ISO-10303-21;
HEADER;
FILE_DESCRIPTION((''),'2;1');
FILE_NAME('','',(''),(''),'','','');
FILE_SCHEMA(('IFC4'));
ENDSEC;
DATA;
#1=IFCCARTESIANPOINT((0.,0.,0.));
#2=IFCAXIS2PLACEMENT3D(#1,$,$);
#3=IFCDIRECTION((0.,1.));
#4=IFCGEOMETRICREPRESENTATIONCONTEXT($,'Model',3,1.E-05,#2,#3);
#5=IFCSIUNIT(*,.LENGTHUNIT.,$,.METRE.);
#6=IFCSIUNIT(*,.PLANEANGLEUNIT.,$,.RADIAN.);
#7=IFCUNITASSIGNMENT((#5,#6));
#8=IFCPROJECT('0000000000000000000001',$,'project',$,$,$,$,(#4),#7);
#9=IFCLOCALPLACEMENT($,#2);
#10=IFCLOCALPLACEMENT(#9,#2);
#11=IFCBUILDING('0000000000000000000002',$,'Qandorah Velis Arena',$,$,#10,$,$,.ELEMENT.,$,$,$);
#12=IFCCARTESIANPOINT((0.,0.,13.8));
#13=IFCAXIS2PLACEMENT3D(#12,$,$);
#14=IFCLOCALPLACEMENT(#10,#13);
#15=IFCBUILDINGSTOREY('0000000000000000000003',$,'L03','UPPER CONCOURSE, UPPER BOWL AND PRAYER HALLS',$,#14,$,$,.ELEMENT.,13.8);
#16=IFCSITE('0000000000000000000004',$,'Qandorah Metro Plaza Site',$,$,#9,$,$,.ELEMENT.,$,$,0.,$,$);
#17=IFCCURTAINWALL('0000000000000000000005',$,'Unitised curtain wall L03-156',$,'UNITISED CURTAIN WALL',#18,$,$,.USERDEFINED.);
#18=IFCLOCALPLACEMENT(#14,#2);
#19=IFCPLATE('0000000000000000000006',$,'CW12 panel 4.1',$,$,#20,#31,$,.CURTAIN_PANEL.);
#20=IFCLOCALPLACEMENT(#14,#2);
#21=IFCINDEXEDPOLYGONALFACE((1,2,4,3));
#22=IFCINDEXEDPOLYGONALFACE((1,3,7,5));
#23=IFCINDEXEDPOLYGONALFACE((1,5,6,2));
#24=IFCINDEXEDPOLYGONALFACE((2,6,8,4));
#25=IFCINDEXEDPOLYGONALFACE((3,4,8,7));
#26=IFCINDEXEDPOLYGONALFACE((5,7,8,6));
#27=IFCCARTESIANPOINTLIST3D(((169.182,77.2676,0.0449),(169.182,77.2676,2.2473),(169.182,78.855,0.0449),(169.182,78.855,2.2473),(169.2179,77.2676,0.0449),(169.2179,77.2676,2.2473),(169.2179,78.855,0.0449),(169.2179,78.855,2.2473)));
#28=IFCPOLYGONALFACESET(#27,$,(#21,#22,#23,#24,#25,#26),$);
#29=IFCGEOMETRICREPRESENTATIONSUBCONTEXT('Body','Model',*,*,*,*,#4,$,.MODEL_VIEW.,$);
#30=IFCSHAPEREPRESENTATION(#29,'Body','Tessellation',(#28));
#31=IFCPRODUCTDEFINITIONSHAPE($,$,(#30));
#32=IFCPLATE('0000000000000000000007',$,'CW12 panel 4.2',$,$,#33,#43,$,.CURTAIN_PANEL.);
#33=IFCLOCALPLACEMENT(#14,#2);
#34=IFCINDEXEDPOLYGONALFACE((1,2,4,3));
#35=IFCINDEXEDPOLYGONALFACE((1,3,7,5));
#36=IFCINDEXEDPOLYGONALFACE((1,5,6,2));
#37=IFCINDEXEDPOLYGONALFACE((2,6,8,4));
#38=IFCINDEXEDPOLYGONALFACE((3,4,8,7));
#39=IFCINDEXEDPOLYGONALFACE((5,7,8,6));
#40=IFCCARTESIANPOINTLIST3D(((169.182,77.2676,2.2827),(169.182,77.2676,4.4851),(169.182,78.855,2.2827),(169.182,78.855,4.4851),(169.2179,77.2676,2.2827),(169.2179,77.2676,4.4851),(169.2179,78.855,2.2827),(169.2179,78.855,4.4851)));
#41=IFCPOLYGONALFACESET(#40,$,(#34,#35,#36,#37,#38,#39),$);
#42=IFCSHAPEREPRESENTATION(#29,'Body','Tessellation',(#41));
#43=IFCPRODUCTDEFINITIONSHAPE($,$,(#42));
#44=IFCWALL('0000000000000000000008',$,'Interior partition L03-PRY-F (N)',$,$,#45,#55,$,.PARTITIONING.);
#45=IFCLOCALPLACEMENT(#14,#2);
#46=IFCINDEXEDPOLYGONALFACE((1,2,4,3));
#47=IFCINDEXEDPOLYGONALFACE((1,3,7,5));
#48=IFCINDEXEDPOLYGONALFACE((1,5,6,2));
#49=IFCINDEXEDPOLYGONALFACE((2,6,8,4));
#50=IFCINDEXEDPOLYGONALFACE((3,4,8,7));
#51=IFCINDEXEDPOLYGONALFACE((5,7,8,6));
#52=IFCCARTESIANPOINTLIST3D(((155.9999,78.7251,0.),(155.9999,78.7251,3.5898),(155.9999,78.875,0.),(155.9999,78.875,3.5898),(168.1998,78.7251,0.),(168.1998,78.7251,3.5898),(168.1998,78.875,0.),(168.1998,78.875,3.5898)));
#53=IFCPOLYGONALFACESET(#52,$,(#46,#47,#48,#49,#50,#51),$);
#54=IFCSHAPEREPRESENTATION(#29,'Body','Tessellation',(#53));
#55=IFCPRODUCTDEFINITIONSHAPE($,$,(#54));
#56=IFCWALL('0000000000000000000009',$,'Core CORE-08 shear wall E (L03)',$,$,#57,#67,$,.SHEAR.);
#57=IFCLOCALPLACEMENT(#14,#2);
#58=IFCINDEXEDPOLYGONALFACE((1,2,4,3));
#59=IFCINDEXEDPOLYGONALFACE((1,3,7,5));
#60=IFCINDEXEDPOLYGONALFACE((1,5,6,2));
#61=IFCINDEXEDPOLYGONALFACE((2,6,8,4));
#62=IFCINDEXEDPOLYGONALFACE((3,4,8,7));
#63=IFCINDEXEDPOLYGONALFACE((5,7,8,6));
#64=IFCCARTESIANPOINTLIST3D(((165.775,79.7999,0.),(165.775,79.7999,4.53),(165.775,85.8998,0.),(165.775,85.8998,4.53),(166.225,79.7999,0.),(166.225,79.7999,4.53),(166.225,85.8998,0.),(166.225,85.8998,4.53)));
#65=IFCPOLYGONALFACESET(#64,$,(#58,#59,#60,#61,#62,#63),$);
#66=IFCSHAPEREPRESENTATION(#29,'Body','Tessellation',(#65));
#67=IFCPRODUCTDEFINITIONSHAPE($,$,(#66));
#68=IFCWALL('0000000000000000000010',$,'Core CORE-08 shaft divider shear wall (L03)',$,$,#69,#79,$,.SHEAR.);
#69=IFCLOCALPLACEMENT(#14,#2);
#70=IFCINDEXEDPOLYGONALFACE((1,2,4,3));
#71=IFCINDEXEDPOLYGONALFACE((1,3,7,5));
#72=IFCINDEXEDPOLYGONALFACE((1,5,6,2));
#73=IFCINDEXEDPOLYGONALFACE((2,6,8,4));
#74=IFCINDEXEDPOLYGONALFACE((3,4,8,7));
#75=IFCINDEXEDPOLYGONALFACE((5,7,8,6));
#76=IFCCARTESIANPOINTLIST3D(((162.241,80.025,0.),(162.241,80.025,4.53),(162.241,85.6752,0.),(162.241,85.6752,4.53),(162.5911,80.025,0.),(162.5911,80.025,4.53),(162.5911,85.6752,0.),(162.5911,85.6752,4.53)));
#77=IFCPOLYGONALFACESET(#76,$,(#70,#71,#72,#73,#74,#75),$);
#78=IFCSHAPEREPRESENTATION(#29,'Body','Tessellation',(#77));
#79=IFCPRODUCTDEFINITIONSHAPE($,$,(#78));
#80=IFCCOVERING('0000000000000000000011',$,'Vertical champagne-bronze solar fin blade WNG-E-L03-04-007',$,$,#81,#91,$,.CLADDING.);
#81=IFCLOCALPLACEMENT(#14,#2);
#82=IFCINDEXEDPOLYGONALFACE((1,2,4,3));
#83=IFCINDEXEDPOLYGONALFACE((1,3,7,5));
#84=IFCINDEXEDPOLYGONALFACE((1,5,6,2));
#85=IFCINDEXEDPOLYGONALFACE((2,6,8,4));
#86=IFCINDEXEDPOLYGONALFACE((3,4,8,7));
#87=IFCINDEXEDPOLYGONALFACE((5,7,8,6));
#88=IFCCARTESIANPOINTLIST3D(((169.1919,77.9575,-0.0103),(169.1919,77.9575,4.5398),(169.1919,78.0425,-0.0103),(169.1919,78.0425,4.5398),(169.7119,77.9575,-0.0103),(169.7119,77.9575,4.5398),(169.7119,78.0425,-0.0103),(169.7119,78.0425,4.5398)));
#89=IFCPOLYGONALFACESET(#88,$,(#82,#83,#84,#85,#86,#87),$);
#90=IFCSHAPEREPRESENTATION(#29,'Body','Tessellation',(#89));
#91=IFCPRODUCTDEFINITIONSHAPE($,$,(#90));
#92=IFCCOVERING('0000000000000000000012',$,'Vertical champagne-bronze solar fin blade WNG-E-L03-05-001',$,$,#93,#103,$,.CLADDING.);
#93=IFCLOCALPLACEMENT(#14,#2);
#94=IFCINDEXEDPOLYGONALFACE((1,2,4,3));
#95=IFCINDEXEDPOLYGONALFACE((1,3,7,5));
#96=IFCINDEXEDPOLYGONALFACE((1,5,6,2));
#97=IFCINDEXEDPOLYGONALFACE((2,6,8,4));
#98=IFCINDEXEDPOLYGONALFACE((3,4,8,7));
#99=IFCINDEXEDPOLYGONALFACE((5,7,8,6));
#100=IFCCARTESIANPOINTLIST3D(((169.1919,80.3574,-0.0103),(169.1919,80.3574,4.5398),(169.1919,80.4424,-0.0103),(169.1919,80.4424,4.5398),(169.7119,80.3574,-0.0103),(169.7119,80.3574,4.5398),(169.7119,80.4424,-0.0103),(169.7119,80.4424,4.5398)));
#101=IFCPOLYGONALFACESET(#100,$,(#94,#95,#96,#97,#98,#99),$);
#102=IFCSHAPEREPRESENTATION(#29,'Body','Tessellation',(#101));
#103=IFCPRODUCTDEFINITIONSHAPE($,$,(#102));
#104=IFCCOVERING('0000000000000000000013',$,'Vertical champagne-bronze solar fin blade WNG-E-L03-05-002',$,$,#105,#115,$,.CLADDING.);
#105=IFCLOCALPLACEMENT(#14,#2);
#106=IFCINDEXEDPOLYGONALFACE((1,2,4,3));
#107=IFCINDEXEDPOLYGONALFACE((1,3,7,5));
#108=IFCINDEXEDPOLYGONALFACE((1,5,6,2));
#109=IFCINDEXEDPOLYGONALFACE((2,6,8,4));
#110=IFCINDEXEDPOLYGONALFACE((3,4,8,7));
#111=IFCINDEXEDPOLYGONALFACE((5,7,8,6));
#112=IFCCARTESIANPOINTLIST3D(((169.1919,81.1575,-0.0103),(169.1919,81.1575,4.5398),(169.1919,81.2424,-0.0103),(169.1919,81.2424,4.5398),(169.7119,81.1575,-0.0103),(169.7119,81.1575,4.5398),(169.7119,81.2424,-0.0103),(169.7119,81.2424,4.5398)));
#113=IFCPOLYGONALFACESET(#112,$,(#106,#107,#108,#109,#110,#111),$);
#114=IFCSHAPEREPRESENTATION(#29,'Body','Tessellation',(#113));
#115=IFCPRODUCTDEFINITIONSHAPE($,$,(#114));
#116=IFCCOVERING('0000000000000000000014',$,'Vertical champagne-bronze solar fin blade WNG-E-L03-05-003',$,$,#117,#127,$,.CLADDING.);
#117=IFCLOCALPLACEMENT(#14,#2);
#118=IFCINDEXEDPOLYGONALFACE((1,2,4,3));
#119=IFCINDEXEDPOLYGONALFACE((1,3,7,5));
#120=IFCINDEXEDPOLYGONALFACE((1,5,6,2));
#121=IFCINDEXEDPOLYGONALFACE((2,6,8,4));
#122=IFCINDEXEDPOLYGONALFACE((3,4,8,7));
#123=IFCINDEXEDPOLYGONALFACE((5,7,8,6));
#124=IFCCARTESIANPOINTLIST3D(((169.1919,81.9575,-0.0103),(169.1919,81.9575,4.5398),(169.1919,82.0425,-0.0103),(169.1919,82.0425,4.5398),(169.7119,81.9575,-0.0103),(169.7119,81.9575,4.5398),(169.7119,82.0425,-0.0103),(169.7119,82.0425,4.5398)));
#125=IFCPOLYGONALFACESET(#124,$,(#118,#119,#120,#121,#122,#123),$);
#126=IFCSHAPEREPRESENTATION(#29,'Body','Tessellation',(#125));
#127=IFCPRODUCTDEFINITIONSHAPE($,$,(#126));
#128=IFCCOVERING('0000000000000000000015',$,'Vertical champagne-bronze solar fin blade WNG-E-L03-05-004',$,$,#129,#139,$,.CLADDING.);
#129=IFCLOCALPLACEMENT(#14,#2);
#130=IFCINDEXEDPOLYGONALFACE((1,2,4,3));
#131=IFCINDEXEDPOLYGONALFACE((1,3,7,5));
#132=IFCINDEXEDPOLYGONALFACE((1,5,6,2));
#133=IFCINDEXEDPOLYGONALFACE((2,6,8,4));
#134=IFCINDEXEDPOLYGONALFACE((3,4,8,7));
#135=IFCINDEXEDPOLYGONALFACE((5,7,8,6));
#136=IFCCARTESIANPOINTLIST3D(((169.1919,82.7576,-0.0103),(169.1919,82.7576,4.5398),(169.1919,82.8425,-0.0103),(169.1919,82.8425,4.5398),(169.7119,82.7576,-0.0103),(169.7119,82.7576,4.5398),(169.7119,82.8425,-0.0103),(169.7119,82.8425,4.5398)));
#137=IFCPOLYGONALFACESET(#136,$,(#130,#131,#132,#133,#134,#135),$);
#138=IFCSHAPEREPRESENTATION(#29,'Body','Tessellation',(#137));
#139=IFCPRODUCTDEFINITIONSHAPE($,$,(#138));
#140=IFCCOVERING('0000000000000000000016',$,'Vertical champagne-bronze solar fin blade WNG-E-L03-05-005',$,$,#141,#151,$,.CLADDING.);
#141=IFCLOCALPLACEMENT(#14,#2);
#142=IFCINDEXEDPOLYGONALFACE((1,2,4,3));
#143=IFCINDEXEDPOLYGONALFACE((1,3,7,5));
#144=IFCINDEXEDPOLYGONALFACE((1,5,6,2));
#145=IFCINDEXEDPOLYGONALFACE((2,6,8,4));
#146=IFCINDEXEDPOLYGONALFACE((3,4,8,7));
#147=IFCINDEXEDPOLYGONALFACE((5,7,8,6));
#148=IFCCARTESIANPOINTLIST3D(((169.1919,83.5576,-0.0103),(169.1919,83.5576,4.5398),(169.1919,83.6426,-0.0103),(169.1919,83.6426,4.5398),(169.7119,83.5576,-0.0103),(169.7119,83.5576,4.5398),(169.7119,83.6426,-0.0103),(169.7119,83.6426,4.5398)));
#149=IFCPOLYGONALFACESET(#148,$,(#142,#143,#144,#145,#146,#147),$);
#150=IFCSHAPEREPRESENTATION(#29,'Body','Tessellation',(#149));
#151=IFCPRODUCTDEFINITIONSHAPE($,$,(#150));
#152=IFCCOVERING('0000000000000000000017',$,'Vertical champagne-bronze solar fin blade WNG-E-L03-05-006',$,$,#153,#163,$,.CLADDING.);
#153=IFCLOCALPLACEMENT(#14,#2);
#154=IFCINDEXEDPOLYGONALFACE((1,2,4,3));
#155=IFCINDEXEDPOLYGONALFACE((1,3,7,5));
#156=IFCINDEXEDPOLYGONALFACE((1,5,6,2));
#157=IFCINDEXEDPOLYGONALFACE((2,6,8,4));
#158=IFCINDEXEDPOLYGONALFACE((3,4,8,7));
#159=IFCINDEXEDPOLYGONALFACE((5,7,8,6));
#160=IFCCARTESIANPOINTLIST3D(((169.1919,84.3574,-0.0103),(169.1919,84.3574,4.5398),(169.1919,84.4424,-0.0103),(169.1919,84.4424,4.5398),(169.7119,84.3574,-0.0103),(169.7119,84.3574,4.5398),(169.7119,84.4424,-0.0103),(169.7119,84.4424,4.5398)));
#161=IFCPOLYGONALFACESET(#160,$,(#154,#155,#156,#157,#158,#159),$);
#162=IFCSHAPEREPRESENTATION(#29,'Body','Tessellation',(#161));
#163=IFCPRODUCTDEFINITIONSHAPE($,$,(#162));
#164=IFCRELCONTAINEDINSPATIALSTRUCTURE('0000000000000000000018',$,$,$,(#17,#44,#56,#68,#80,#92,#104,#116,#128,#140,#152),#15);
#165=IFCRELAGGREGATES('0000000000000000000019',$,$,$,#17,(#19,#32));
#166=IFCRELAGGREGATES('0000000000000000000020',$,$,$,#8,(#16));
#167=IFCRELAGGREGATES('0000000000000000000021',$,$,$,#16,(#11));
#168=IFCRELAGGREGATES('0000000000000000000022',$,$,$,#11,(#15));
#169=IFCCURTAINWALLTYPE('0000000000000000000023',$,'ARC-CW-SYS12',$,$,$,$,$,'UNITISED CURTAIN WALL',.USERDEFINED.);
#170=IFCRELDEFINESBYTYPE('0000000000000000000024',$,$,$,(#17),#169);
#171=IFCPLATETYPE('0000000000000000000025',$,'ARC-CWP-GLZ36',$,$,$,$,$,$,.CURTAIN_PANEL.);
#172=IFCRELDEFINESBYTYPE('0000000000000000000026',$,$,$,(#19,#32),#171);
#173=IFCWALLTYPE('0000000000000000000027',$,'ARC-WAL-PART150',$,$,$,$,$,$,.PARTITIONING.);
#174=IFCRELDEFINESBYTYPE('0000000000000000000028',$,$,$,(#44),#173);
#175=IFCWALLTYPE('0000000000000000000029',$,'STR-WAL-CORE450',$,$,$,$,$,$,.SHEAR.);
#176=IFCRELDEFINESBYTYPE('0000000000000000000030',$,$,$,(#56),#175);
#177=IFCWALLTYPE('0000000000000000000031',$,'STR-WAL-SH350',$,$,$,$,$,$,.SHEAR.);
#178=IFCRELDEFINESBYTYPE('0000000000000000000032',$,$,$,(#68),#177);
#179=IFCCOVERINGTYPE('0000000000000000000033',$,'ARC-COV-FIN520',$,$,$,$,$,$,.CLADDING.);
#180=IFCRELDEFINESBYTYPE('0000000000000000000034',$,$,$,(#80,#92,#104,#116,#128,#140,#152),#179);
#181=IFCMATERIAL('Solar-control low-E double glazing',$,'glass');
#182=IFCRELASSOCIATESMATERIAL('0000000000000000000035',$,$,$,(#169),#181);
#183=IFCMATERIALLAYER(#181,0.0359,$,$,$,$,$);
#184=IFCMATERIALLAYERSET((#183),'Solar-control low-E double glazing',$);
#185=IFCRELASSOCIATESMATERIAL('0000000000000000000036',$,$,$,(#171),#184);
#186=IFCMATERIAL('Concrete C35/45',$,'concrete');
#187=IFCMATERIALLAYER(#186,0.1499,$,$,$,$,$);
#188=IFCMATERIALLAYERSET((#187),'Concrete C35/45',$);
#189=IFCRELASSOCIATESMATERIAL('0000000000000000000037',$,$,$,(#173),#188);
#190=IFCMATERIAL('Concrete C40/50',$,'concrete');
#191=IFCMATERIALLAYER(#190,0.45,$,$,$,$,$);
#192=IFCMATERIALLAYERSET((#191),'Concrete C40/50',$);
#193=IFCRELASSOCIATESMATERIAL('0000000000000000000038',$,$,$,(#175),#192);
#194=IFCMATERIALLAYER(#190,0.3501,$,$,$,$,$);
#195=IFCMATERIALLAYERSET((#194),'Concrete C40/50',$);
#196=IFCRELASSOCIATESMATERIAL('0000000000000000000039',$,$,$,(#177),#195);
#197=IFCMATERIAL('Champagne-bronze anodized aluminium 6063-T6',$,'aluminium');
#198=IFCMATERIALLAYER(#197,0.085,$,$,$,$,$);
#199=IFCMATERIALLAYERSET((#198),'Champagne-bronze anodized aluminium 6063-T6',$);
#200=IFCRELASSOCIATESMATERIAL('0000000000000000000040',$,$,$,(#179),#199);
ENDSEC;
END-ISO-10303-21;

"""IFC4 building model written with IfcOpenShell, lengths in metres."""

from ifc_helpers import new_model, si_unit, direction, frame, frame_2d, origin, origin_2d, place, context, subcontext, project, spatial, rectangle, extrude, material, layer, layer_set, type_object, element, aggregate, save


model = new_model("IFC4")

# Units and contexts
model_context = context("Model", 3, precision=1e-05, world=origin(), true_north=direction((0.0, 1.0)))
body_context = subcontext(model_context, "Body", "Model", "MODEL_VIEW")
ifc_project = project(units=[si_unit("LENGTHUNIT", "METRE"), si_unit("PLANEANGLEUNIT", "RADIAN")], contexts=[model_context])

# Site, building, storey
site_placement = place(None, origin())
site = spatial("IfcSite", under=ifc_project, at=site_placement, Name="Qandorah Metro Plaza Site", CompositionType="ELEMENT", RefElevation=0.0)
building_placement = place(site_placement, origin())
building = spatial("IfcBuilding", under=site, at=building_placement, Name="Qandorah Velis Arena", CompositionType="ELEMENT")
storey_placement = place(building_placement, frame((0.0, 0.0, 13.8)))
storey = spatial("IfcBuildingStorey", under=building, at=storey_placement, Name="L03", Description="UPPER CONCOURSE, UPPER BOWL AND PRAYER HALLS", CompositionType="ELEMENT", Elevation=13.8)

# Shared definitions
ifc_material_1 = material(Name="Concrete C40/50", Category="concrete")

# Curtain wall
ifc_material_2 = material(Name="Solar-control low-E double glazing", Category="glass")
curtain_wall_type_1 = type_object("IfcCurtainWallType", Name="ARC-CW-SYS12", ElementType="UNITISED CURTAIN WALL", PredefinedType="USERDEFINED", material=ifc_material_2)
curtain_wall_1_placement = place(storey_placement, origin())
curtain_wall_1 = element("IfcCurtainWall", 1, at=curtain_wall_1_placement, inside=storey, type_object=curtain_wall_type_1, Name="Unitised curtain wall L03-156", ObjectType="UNITISED CURTAIN WALL", PredefinedType="USERDEFINED")
ifc_material_3 = material(Name="Champagne-bronze anodized aluminium 6063-T6", Category="aluminium")

# Plates
ifc_layer_1 = layer(ifc_material_2, 0.0359)
ifc_layer_set_1 = layer_set([ifc_layer_1], Name="Solar-control low-E double glazing")
plate_type_1 = type_object("IfcPlateType", Name="ARC-CWP-GLZ36", PredefinedType="CURTAIN_PANEL", material=ifc_layer_set_1)
plate_1_placement = place(storey_placement, frame((169.2, 78.0613, 0.0449), z_axis=(0.0, 0.0, 1.0), x_axis=(0.0, 1.0, 0.0)))
plate_1 = element("IfcPlate", 2, at=plate_1_placement, type_object=plate_type_1, Name="CW12 panel 4.1", PredefinedType="CURTAIN_PANEL", context=body_context, shape_type="SweptSolid", body=[
    extrude(rectangle(XDim=1.5874, YDim=0.0359, at=origin_2d()), origin(), (0.0, 0.0, 1.0), 2.2024),
])
plate_2_placement = place(storey_placement, frame((169.2, 78.0613, 2.2827), z_axis=(0.0, 0.0, 1.0), x_axis=(0.0, 1.0, 0.0)))
plate_2 = element("IfcPlate", 3, at=plate_2_placement, type_object=plate_type_1, Name="CW12 panel 4.2", PredefinedType="CURTAIN_PANEL", context=body_context, shape_type="SweptSolid", body=[
    extrude(rectangle(XDim=1.5874, YDim=0.0359, at=origin_2d()), origin(), (0.0, 0.0, 1.0), 2.2024),
])
aggregate(curtain_wall_1, [plate_1, plate_2])

# Walls
ifc_material_4 = material(Name="Concrete C35/45", Category="concrete")
ifc_layer_2 = layer(ifc_material_4, 0.1499)
ifc_layer_set_2 = layer_set([ifc_layer_2], Name="Concrete C35/45")
wall_type_1 = type_object("IfcWallType", Name="ARC-WAL-PART150", PredefinedType="PARTITIONING", material=ifc_layer_set_2)
wall_1_placement = place(storey_placement, frame((168.2, 78.8, 0.0), z_axis=(0.0, 0.0, 1.0), x_axis=(-1.0, 0.0, 0.0)))
element("IfcWall", 4, at=wall_1_placement, inside=storey, type_object=wall_type_1, Name="Interior partition L03-PRY-F (N)", PredefinedType="PARTITIONING", context=body_context, shape_type="SweptSolid", body=[
    extrude(rectangle(XDim=12.2, YDim=0.1499, at=frame_2d((6.1001, 0.0))), origin(), (0.0, 0.0, 1.0), 3.5898),
])
ifc_layer_3 = layer(ifc_material_1, 0.45)
ifc_layer_set_3 = layer_set([ifc_layer_3], Name="Concrete C40/50")
wall_type_2 = type_object("IfcWallType", Name="STR-WAL-CORE450", PredefinedType="SHEAR", material=ifc_layer_set_3)
wall_2_placement = place(storey_placement, frame((166.0, 79.8, 0.0), z_axis=(0.0, 0.0, 1.0), x_axis=(0.0, 1.0, 0.0)))
element("IfcWall", 5, at=wall_2_placement, inside=storey, type_object=wall_type_2, Name="Core CORE-08 shear wall E (L03)", PredefinedType="SHEAR", context=body_context, shape_type="SweptSolid", body=[
    extrude(rectangle(XDim=6.0999, YDim=0.45, at=frame_2d((3.0498, 0.0))), origin(), (0.0, 0.0, 1.0), 4.53),
])
ifc_layer_4 = layer(ifc_material_1, 0.3501)
ifc_layer_set_4 = layer_set([ifc_layer_4], Name="Concrete C40/50")
wall_type_3 = type_object("IfcWallType", Name="STR-WAL-SH350", PredefinedType="SHEAR", material=ifc_layer_set_4)
wall_3_placement = place(storey_placement, frame((162.416, 80.0249, 0.0), z_axis=(0.0, 0.0, 1.0), x_axis=(0.0, 1.0, 0.0)))
element("IfcWall", 6, at=wall_3_placement, inside=storey, type_object=wall_type_3, Name="Core CORE-08 shaft divider shear wall (L03)", PredefinedType="SHEAR", context=body_context, shape_type="SweptSolid", body=[
    extrude(rectangle(XDim=5.6501, YDim=0.3501, at=frame_2d((2.8252, 0.0))), origin(), (0.0, 0.0, 1.0), 4.53),
])

# Coverings
ifc_layer_5 = layer(ifc_material_3, 0.085)
ifc_layer_set_5 = layer_set([ifc_layer_5], Name="Champagne-bronze anodized aluminium 6063-T6")
covering_type = type_object("IfcCoveringType", Name="ARC-COV-FIN520", PredefinedType="CLADDING", material=ifc_layer_set_5)
for number, where, z_axis, x_axis, name in (
    (7, (169.4519, 78.0, -0.0103), (0.0, 0.0, 1.0), (1.0, 0.0, 0.0), "Vertical champagne-bronze solar fin blade WNG-E-L03-04-007"),
    (8, (169.4519, 80.3999, -0.0103), (0.0, 0.0, 1.0), (1.0, 0.0, 0.0), "Vertical champagne-bronze solar fin blade WNG-E-L03-05-001"),
    (9, (169.4519, 81.2, -0.0103), (0.0, 0.0, 1.0), (1.0, 0.0, 0.0), "Vertical champagne-bronze solar fin blade WNG-E-L03-05-002"),
    (10, (169.4519, 82.0, -0.0103), (0.0, 0.0, 1.0), (1.0, 0.0, 0.0), "Vertical champagne-bronze solar fin blade WNG-E-L03-05-003"),
    (11, (169.4519, 82.8, -0.0103), (0.0, 0.0, 1.0), (1.0, 0.0, 0.0), "Vertical champagne-bronze solar fin blade WNG-E-L03-05-004"),
    (12, (169.4519, 83.6001, -0.0103), (0.0, 0.0, 1.0), (1.0, 0.0, 0.0), "Vertical champagne-bronze solar fin blade WNG-E-L03-05-005"),
    (13, (169.4519, 84.3999, -0.0103), (0.0, 0.0, 1.0), (1.0, 0.0, 0.0), "Vertical champagne-bronze solar fin blade WNG-E-L03-05-006"),
):
    element("IfcCovering", number, at=place(storey_placement, frame(where, z_axis=z_axis, x_axis=x_axis)), inside=storey, type_object=covering_type, Name=name, PredefinedType="CLADDING", context=body_context, shape_type="SweptSolid", body=[
        extrude(rectangle(XDim=0.52, YDim=0.085, at=origin_2d()), origin(), (0.0, 0.0, 1.0), 4.55),
    ])

save(model, "model.ifc")
